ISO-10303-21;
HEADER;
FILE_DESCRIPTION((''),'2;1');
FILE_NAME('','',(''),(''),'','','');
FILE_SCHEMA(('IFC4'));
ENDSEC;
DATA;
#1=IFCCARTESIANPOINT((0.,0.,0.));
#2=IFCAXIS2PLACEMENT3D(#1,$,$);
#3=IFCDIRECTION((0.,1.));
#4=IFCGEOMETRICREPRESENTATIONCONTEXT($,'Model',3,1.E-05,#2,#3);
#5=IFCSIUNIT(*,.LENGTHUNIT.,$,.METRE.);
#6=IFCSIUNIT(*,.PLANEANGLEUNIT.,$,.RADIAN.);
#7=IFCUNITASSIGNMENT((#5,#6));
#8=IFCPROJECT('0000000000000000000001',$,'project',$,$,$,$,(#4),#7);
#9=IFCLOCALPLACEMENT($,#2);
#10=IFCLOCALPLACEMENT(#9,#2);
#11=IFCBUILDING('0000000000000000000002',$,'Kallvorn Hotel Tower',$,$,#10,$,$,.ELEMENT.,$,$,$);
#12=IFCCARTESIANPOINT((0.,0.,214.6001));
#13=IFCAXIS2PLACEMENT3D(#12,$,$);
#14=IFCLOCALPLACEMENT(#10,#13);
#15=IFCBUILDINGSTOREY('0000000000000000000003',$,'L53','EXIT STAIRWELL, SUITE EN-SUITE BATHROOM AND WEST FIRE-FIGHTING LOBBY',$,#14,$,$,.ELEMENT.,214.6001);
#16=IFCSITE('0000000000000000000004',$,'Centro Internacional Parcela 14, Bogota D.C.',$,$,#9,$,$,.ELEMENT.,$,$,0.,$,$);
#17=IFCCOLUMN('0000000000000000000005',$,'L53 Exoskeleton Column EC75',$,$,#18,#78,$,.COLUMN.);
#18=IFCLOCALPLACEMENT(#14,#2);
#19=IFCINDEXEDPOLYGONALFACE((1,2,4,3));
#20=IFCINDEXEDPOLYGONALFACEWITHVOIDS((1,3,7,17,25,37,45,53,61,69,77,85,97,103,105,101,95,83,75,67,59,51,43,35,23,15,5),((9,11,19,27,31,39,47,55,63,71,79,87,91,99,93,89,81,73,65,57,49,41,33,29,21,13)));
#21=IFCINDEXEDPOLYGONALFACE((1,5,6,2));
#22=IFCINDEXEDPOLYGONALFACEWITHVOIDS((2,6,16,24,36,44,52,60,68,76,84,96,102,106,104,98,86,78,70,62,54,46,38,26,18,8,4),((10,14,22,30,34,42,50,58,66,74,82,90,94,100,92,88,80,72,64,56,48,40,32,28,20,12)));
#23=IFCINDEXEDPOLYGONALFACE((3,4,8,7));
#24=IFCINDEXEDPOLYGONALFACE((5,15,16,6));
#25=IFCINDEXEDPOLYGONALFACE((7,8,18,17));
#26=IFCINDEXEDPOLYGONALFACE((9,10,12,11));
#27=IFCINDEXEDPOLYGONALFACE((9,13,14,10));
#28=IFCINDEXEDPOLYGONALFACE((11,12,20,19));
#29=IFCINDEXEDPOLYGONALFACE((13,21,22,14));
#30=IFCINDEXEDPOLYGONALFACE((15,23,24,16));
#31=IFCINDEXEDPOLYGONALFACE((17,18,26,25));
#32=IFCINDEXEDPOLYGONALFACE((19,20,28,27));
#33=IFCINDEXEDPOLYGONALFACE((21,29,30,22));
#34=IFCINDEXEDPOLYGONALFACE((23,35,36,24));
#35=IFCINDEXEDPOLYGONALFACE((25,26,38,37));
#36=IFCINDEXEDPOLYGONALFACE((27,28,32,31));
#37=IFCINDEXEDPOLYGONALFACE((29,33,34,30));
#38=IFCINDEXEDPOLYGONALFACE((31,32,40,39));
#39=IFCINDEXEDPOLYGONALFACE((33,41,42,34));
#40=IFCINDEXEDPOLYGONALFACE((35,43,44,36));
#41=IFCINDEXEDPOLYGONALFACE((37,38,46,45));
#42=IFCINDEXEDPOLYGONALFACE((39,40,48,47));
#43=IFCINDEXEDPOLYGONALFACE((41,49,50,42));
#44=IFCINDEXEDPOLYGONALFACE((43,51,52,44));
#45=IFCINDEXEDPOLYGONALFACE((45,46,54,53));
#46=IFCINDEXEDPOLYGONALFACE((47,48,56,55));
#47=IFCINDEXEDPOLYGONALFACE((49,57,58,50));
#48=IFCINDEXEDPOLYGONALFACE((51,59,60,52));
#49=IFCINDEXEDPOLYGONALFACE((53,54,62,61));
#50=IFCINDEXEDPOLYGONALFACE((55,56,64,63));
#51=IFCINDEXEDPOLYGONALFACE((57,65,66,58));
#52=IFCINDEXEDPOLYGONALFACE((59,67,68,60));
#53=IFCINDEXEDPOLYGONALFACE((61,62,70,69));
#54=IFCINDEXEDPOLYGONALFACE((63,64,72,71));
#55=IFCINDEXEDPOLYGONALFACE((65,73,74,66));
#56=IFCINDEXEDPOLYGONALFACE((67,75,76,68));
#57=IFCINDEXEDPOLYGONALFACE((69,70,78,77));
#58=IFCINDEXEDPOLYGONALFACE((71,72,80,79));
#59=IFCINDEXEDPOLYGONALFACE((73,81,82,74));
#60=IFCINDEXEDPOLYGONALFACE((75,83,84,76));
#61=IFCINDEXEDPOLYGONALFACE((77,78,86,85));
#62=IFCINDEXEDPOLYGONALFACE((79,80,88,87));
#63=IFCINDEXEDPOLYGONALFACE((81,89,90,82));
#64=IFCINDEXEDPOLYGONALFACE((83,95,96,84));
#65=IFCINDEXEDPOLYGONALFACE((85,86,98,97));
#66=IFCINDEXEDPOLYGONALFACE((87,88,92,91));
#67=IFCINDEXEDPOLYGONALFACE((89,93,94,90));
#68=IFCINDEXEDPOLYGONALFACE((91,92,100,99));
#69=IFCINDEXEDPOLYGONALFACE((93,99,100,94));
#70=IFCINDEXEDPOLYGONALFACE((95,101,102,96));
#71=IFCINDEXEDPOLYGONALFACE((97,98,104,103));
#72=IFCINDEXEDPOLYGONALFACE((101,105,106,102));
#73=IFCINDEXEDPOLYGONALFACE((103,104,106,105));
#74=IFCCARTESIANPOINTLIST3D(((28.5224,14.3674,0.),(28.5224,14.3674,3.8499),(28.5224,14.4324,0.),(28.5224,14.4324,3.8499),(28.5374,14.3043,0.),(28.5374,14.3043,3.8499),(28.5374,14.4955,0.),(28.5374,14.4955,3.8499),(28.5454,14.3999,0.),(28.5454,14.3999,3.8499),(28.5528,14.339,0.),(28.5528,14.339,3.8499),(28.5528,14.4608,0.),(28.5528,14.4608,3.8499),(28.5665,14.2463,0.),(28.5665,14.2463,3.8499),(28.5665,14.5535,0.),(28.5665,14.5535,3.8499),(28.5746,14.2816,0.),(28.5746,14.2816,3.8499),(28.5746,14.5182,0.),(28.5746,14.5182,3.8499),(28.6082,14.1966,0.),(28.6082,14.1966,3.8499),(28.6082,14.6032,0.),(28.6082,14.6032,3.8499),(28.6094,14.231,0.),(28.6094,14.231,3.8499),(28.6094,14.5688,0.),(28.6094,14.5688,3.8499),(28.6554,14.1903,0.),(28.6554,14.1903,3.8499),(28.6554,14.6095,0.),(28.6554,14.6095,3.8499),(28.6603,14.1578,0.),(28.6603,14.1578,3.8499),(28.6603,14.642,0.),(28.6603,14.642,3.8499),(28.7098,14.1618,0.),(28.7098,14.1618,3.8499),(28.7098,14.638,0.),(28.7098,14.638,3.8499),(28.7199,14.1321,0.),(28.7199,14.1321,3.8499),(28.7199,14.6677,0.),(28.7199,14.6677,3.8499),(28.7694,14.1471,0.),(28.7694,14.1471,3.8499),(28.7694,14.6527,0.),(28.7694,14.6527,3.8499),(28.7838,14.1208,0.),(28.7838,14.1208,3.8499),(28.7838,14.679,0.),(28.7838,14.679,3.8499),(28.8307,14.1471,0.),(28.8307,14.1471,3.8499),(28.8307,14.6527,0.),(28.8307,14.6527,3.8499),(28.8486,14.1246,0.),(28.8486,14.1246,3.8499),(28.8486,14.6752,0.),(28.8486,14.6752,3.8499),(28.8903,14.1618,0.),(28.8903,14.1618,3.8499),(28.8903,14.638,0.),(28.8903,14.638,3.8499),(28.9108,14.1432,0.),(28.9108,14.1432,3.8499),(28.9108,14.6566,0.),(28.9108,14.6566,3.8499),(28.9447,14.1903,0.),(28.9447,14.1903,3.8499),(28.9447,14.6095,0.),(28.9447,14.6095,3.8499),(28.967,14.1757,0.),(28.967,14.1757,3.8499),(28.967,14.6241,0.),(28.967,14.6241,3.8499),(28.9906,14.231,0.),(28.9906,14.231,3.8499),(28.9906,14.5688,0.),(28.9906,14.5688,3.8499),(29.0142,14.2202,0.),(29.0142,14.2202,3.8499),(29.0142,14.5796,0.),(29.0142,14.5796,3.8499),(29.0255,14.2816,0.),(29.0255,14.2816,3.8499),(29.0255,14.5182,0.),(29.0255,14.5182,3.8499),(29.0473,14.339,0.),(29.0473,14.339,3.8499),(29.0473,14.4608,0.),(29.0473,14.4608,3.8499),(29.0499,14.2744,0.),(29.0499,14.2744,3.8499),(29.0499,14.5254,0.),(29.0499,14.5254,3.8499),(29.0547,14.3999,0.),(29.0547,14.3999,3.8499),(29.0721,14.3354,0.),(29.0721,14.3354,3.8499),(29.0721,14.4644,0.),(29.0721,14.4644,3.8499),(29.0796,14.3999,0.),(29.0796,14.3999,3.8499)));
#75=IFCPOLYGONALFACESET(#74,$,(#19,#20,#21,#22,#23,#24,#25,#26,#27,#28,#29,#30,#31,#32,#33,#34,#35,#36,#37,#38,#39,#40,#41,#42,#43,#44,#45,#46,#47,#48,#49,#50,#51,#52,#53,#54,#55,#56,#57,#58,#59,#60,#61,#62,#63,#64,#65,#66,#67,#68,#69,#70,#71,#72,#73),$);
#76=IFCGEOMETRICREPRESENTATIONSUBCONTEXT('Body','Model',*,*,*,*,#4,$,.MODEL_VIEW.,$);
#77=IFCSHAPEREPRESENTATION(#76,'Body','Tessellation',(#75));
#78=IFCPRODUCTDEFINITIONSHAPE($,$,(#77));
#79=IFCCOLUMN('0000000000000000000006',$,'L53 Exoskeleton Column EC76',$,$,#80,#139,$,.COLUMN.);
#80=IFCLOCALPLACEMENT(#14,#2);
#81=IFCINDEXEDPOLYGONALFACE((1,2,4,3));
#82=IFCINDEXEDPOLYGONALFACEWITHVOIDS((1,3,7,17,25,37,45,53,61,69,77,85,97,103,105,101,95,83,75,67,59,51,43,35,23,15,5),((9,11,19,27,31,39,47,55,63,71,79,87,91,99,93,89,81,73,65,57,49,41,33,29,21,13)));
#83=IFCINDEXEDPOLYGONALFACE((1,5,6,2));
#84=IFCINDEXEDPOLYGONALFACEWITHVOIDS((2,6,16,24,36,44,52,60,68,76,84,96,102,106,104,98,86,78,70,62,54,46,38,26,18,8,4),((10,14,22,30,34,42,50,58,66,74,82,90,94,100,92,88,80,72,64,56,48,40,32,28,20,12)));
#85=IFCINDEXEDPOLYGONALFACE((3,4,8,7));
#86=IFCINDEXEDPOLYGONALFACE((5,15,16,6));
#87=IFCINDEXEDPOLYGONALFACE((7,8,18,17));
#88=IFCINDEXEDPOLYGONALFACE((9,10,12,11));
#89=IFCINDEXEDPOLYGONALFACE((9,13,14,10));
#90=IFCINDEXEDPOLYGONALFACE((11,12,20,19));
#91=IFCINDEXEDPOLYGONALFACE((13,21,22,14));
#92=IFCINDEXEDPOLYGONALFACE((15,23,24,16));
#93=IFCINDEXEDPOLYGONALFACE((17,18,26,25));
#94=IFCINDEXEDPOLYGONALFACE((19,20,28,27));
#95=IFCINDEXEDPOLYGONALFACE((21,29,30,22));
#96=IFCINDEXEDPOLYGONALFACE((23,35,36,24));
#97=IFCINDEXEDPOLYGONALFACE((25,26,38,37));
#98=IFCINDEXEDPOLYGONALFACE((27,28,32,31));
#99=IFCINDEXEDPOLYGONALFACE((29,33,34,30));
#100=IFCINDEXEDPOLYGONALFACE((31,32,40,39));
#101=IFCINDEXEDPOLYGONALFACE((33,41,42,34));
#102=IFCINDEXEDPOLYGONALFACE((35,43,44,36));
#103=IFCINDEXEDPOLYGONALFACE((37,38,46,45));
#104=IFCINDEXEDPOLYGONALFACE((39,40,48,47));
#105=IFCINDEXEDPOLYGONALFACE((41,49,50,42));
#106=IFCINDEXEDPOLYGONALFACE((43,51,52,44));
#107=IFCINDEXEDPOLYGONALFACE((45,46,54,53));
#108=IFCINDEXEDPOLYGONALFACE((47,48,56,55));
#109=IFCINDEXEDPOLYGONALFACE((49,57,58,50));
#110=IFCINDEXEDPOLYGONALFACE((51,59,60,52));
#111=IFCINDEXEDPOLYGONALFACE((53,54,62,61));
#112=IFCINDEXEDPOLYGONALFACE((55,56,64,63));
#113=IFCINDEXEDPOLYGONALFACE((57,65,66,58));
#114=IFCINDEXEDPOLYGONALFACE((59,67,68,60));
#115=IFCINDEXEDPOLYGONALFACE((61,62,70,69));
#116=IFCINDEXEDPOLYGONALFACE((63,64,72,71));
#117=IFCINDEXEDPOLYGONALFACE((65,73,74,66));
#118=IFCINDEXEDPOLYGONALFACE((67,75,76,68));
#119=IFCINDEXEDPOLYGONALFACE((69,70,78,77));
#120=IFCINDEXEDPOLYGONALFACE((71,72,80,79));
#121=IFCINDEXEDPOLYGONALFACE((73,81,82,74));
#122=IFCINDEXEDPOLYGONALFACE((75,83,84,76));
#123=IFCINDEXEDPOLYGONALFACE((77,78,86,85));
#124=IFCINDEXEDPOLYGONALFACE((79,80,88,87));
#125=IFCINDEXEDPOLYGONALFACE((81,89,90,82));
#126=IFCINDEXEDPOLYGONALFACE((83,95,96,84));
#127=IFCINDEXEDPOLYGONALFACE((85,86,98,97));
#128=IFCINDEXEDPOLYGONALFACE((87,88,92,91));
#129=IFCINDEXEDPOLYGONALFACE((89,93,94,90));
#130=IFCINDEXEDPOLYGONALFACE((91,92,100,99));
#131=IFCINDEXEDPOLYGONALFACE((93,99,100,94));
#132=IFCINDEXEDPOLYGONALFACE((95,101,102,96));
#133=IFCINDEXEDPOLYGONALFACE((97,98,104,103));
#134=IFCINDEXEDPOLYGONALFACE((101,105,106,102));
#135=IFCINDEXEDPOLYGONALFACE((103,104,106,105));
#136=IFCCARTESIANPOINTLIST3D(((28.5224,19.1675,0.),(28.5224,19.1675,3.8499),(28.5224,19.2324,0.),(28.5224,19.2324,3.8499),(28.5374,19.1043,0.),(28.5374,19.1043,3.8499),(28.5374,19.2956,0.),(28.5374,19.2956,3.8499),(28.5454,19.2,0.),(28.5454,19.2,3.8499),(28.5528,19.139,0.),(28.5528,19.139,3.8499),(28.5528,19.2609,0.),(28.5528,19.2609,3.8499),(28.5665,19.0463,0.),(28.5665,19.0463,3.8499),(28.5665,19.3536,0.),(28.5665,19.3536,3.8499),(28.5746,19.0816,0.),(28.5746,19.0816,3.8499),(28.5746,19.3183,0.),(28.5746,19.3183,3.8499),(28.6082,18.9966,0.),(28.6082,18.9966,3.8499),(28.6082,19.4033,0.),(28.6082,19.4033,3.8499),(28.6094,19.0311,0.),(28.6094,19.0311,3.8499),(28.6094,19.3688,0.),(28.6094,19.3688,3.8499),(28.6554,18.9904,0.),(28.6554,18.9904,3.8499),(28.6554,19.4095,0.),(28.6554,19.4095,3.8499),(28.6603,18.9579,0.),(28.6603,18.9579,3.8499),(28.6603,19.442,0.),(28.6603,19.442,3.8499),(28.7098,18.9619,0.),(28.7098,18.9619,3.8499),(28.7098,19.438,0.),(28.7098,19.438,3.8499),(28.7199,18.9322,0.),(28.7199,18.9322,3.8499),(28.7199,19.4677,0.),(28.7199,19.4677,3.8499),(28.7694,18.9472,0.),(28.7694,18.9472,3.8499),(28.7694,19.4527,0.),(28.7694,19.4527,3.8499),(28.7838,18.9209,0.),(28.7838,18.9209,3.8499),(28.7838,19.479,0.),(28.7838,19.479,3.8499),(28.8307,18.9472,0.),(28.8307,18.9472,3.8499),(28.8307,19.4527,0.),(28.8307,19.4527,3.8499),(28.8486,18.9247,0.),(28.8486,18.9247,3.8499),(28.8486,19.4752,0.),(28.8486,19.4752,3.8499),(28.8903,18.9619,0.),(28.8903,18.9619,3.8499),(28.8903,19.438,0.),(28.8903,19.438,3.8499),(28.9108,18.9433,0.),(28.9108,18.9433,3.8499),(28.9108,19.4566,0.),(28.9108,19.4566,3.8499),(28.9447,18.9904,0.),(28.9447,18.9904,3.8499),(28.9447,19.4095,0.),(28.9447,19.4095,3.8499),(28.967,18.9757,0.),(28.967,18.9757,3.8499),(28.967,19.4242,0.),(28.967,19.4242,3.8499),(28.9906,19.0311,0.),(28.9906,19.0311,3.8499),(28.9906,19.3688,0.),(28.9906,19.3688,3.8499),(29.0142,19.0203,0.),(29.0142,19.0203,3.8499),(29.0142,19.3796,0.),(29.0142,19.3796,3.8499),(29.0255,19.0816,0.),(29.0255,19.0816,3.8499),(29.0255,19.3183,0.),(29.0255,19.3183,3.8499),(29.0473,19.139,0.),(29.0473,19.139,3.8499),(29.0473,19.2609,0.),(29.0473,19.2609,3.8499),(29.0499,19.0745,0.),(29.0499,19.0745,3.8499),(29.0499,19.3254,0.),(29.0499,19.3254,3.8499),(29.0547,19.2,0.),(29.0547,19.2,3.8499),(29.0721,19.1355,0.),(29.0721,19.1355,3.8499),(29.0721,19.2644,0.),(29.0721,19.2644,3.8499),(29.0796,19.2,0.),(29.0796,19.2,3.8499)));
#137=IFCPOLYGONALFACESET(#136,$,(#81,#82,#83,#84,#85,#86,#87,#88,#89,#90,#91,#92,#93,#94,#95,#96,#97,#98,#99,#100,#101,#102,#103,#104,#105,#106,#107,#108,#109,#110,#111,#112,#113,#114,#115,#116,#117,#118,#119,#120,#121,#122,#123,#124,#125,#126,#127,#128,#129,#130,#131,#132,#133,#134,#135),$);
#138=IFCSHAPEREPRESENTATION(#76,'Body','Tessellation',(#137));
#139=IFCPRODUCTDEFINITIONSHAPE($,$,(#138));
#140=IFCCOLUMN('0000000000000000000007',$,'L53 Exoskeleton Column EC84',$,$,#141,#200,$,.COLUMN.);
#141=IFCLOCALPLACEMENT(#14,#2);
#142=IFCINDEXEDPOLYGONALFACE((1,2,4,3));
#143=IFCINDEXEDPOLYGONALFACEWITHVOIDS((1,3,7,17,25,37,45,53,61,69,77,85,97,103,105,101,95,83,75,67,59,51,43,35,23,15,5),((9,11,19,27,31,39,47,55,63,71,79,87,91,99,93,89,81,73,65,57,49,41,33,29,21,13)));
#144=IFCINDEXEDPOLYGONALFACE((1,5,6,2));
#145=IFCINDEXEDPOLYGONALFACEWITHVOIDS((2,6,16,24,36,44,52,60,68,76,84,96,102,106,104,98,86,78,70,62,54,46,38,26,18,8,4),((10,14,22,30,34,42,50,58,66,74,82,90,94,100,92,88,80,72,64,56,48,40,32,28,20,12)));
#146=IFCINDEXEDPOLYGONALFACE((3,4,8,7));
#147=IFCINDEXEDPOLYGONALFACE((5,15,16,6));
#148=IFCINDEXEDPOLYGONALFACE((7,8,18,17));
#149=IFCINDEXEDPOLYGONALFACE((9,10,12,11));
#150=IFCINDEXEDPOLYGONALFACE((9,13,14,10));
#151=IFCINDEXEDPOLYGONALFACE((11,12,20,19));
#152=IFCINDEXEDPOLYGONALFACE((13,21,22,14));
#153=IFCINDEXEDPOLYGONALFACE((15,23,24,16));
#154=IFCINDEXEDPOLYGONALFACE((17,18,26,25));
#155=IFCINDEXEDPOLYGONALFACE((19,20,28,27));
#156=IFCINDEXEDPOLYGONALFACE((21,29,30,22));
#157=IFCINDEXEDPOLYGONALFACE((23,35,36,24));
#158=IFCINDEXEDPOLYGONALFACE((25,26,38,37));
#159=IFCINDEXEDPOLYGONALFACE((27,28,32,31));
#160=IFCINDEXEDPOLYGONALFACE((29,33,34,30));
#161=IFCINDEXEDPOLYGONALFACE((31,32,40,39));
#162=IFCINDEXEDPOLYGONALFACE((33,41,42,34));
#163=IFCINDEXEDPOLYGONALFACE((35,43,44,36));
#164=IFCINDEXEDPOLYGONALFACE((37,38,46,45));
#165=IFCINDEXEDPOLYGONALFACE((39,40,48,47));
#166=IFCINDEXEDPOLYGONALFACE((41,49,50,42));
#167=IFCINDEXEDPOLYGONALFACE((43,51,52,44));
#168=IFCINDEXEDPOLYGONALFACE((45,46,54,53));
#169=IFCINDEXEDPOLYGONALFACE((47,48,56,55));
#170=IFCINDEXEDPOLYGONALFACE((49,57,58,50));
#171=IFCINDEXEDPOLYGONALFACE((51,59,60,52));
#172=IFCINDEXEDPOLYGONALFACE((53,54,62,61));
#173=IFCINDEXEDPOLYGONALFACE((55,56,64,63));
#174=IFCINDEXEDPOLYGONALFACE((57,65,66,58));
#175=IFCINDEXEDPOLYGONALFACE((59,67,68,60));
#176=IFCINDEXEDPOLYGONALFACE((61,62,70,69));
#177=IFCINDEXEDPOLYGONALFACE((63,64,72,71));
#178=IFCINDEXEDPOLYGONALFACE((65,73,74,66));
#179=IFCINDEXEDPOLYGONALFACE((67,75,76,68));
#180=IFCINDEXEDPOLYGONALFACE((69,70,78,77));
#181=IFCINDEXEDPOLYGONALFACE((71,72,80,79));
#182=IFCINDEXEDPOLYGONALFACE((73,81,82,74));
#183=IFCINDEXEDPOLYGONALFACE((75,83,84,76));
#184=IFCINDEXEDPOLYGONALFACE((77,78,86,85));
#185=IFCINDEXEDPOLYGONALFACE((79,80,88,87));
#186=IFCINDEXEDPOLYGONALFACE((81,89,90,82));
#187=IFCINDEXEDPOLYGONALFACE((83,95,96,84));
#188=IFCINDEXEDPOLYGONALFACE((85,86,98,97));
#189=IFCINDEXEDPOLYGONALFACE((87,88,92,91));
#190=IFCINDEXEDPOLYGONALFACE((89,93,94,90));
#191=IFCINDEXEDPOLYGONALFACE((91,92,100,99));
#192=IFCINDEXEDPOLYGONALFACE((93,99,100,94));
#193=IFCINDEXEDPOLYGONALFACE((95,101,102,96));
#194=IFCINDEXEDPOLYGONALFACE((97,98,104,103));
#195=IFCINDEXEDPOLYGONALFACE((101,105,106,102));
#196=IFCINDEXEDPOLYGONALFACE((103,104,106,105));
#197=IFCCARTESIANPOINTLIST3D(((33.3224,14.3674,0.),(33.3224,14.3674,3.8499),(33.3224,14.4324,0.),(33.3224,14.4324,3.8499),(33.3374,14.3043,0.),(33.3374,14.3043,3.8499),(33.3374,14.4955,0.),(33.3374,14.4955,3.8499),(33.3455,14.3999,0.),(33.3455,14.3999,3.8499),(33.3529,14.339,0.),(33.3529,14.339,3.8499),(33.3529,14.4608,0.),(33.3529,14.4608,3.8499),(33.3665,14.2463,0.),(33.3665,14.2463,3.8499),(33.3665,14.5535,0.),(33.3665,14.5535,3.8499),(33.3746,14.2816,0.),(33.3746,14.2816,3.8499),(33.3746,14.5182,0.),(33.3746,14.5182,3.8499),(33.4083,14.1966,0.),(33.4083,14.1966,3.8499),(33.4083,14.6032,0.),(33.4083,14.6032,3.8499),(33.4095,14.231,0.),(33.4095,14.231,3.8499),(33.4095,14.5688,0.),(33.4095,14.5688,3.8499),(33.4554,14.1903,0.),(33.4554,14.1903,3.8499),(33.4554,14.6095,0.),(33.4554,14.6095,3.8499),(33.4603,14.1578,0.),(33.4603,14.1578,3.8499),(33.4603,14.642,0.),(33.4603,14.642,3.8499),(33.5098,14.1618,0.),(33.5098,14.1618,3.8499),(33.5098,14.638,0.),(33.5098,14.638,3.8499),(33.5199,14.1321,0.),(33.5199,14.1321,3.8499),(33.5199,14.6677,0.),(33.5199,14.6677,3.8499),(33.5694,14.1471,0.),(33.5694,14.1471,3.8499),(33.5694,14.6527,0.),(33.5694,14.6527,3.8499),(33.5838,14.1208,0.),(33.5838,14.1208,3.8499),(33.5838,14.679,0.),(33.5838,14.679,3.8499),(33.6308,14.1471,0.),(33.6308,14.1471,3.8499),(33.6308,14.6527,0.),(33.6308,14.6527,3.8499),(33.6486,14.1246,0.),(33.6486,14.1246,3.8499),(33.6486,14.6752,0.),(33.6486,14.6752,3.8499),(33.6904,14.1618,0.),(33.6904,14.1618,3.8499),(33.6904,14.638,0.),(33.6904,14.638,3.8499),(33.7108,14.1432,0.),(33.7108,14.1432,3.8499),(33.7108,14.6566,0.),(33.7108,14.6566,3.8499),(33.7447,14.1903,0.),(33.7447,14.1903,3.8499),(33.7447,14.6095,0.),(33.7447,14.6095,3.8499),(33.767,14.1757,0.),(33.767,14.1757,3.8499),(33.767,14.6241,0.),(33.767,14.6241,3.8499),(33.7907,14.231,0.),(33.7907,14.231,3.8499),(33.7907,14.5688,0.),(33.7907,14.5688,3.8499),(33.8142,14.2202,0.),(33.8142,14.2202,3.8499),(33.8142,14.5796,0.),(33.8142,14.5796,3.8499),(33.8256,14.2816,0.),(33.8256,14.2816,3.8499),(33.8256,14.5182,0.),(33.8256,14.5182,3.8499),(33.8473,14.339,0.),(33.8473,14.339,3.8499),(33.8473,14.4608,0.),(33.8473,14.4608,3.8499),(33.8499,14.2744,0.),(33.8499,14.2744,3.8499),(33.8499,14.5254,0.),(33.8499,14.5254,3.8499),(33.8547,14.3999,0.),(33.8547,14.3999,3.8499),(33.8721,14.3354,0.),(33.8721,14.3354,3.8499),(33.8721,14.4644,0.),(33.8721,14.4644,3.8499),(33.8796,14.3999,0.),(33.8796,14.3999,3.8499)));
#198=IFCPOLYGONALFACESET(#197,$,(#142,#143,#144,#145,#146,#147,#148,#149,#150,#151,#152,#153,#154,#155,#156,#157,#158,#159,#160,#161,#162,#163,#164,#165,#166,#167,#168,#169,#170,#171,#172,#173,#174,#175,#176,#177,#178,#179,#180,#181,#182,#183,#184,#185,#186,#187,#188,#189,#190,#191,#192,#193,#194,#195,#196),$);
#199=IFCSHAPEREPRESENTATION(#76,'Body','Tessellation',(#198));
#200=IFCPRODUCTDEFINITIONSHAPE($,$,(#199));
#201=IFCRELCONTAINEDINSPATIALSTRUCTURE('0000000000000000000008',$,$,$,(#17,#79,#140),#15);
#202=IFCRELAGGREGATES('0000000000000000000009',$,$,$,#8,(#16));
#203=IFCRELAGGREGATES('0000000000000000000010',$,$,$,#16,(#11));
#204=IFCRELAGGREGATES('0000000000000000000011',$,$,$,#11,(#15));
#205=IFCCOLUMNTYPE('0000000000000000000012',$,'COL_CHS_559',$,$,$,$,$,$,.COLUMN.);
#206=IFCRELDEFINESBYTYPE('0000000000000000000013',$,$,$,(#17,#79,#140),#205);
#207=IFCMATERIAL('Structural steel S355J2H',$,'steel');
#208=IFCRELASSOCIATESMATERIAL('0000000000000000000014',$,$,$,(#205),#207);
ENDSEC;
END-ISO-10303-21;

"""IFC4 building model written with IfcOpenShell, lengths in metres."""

from ifc_helpers import new_model, si_unit, direction, frame, origin, origin_2d, place, context, subcontext, project, spatial, hollow_circle, extrude, material, material_profile, profile_set, type_object, element, save


model = new_model("IFC4")

# Units and contexts
model_context = context("Model", 3, precision=1e-05, world=origin(), true_north=direction((0.0, 1.0)))
body_context = subcontext(model_context, "Body", "Model", "MODEL_VIEW")
ifc_project = project(units=[si_unit("LENGTHUNIT", "METRE"), si_unit("PLANEANGLEUNIT", "RADIAN")], contexts=[model_context])

# Site, building, storey
site_placement = place(None, origin())
site = spatial("IfcSite", under=ifc_project, at=site_placement, Name="Centro Internacional Parcela 14, Bogota D.C.", CompositionType="ELEMENT", RefElevation=0.0)
building_placement = place(site_placement, origin())
building = spatial("IfcBuilding", under=site, at=building_placement, Name="Kallvorn Hotel Tower", CompositionType="ELEMENT")
storey_placement = place(building_placement, frame((0.0, 0.0, 214.6001)))
storey = spatial("IfcBuildingStorey", under=building, at=storey_placement, Name="L53", Description="EXIT STAIRWELL, SUITE EN-SUITE BATHROOM AND WEST FIRE-FIGHTING LOBBY", CompositionType="ELEMENT", Elevation=214.6001)

# Columns
ifc_material_1 = material(Name="Structural steel S355J2H", Category="steel")
ifc_material_profile_1 = material_profile(ifc_material_1, hollow_circle(Radius=0.2795, WallThickness=0.0249, at=origin_2d()), Name="CHS 559x25")
ifc_profile_set_1 = profile_set([ifc_material_profile_1], Name="Structural steel S355J2H")
column_type_1 = type_object("IfcColumnType", Name="COL_CHS_559", PredefinedType="COLUMN", material=ifc_profile_set_1)
for number, where, z_axis, x_axis, name in (
    (1, (28.8, 14.3999, 0.0), (0.0, 0.0, 1.0), (1.0, 0.0, 0.0), "L53 Exoskeleton Column EC75"),
    (2, (28.8, 19.2, 0.0), (0.0, 0.0, 1.0), (1.0, 0.0, 0.0), "L53 Exoskeleton Column EC76"),
    (3, (33.6001, 14.3999, 0.0), (0.0, 0.0, 1.0), (1.0, 0.0, 0.0), "L53 Exoskeleton Column EC84"),
):
    element("IfcColumn", number, at=place(storey_placement, frame(where, z_axis=z_axis, x_axis=x_axis)), inside=storey, type_object=column_type_1, Name=name, PredefinedType="COLUMN", context=body_context, shape_type="SweptSolid", body=[
        extrude(hollow_circle(Radius=0.2795, WallThickness=0.0249, at=origin_2d()), origin(), (0.0, 0.0, 1.0), 3.8499),
    ])

save(model, "model.ifc")
